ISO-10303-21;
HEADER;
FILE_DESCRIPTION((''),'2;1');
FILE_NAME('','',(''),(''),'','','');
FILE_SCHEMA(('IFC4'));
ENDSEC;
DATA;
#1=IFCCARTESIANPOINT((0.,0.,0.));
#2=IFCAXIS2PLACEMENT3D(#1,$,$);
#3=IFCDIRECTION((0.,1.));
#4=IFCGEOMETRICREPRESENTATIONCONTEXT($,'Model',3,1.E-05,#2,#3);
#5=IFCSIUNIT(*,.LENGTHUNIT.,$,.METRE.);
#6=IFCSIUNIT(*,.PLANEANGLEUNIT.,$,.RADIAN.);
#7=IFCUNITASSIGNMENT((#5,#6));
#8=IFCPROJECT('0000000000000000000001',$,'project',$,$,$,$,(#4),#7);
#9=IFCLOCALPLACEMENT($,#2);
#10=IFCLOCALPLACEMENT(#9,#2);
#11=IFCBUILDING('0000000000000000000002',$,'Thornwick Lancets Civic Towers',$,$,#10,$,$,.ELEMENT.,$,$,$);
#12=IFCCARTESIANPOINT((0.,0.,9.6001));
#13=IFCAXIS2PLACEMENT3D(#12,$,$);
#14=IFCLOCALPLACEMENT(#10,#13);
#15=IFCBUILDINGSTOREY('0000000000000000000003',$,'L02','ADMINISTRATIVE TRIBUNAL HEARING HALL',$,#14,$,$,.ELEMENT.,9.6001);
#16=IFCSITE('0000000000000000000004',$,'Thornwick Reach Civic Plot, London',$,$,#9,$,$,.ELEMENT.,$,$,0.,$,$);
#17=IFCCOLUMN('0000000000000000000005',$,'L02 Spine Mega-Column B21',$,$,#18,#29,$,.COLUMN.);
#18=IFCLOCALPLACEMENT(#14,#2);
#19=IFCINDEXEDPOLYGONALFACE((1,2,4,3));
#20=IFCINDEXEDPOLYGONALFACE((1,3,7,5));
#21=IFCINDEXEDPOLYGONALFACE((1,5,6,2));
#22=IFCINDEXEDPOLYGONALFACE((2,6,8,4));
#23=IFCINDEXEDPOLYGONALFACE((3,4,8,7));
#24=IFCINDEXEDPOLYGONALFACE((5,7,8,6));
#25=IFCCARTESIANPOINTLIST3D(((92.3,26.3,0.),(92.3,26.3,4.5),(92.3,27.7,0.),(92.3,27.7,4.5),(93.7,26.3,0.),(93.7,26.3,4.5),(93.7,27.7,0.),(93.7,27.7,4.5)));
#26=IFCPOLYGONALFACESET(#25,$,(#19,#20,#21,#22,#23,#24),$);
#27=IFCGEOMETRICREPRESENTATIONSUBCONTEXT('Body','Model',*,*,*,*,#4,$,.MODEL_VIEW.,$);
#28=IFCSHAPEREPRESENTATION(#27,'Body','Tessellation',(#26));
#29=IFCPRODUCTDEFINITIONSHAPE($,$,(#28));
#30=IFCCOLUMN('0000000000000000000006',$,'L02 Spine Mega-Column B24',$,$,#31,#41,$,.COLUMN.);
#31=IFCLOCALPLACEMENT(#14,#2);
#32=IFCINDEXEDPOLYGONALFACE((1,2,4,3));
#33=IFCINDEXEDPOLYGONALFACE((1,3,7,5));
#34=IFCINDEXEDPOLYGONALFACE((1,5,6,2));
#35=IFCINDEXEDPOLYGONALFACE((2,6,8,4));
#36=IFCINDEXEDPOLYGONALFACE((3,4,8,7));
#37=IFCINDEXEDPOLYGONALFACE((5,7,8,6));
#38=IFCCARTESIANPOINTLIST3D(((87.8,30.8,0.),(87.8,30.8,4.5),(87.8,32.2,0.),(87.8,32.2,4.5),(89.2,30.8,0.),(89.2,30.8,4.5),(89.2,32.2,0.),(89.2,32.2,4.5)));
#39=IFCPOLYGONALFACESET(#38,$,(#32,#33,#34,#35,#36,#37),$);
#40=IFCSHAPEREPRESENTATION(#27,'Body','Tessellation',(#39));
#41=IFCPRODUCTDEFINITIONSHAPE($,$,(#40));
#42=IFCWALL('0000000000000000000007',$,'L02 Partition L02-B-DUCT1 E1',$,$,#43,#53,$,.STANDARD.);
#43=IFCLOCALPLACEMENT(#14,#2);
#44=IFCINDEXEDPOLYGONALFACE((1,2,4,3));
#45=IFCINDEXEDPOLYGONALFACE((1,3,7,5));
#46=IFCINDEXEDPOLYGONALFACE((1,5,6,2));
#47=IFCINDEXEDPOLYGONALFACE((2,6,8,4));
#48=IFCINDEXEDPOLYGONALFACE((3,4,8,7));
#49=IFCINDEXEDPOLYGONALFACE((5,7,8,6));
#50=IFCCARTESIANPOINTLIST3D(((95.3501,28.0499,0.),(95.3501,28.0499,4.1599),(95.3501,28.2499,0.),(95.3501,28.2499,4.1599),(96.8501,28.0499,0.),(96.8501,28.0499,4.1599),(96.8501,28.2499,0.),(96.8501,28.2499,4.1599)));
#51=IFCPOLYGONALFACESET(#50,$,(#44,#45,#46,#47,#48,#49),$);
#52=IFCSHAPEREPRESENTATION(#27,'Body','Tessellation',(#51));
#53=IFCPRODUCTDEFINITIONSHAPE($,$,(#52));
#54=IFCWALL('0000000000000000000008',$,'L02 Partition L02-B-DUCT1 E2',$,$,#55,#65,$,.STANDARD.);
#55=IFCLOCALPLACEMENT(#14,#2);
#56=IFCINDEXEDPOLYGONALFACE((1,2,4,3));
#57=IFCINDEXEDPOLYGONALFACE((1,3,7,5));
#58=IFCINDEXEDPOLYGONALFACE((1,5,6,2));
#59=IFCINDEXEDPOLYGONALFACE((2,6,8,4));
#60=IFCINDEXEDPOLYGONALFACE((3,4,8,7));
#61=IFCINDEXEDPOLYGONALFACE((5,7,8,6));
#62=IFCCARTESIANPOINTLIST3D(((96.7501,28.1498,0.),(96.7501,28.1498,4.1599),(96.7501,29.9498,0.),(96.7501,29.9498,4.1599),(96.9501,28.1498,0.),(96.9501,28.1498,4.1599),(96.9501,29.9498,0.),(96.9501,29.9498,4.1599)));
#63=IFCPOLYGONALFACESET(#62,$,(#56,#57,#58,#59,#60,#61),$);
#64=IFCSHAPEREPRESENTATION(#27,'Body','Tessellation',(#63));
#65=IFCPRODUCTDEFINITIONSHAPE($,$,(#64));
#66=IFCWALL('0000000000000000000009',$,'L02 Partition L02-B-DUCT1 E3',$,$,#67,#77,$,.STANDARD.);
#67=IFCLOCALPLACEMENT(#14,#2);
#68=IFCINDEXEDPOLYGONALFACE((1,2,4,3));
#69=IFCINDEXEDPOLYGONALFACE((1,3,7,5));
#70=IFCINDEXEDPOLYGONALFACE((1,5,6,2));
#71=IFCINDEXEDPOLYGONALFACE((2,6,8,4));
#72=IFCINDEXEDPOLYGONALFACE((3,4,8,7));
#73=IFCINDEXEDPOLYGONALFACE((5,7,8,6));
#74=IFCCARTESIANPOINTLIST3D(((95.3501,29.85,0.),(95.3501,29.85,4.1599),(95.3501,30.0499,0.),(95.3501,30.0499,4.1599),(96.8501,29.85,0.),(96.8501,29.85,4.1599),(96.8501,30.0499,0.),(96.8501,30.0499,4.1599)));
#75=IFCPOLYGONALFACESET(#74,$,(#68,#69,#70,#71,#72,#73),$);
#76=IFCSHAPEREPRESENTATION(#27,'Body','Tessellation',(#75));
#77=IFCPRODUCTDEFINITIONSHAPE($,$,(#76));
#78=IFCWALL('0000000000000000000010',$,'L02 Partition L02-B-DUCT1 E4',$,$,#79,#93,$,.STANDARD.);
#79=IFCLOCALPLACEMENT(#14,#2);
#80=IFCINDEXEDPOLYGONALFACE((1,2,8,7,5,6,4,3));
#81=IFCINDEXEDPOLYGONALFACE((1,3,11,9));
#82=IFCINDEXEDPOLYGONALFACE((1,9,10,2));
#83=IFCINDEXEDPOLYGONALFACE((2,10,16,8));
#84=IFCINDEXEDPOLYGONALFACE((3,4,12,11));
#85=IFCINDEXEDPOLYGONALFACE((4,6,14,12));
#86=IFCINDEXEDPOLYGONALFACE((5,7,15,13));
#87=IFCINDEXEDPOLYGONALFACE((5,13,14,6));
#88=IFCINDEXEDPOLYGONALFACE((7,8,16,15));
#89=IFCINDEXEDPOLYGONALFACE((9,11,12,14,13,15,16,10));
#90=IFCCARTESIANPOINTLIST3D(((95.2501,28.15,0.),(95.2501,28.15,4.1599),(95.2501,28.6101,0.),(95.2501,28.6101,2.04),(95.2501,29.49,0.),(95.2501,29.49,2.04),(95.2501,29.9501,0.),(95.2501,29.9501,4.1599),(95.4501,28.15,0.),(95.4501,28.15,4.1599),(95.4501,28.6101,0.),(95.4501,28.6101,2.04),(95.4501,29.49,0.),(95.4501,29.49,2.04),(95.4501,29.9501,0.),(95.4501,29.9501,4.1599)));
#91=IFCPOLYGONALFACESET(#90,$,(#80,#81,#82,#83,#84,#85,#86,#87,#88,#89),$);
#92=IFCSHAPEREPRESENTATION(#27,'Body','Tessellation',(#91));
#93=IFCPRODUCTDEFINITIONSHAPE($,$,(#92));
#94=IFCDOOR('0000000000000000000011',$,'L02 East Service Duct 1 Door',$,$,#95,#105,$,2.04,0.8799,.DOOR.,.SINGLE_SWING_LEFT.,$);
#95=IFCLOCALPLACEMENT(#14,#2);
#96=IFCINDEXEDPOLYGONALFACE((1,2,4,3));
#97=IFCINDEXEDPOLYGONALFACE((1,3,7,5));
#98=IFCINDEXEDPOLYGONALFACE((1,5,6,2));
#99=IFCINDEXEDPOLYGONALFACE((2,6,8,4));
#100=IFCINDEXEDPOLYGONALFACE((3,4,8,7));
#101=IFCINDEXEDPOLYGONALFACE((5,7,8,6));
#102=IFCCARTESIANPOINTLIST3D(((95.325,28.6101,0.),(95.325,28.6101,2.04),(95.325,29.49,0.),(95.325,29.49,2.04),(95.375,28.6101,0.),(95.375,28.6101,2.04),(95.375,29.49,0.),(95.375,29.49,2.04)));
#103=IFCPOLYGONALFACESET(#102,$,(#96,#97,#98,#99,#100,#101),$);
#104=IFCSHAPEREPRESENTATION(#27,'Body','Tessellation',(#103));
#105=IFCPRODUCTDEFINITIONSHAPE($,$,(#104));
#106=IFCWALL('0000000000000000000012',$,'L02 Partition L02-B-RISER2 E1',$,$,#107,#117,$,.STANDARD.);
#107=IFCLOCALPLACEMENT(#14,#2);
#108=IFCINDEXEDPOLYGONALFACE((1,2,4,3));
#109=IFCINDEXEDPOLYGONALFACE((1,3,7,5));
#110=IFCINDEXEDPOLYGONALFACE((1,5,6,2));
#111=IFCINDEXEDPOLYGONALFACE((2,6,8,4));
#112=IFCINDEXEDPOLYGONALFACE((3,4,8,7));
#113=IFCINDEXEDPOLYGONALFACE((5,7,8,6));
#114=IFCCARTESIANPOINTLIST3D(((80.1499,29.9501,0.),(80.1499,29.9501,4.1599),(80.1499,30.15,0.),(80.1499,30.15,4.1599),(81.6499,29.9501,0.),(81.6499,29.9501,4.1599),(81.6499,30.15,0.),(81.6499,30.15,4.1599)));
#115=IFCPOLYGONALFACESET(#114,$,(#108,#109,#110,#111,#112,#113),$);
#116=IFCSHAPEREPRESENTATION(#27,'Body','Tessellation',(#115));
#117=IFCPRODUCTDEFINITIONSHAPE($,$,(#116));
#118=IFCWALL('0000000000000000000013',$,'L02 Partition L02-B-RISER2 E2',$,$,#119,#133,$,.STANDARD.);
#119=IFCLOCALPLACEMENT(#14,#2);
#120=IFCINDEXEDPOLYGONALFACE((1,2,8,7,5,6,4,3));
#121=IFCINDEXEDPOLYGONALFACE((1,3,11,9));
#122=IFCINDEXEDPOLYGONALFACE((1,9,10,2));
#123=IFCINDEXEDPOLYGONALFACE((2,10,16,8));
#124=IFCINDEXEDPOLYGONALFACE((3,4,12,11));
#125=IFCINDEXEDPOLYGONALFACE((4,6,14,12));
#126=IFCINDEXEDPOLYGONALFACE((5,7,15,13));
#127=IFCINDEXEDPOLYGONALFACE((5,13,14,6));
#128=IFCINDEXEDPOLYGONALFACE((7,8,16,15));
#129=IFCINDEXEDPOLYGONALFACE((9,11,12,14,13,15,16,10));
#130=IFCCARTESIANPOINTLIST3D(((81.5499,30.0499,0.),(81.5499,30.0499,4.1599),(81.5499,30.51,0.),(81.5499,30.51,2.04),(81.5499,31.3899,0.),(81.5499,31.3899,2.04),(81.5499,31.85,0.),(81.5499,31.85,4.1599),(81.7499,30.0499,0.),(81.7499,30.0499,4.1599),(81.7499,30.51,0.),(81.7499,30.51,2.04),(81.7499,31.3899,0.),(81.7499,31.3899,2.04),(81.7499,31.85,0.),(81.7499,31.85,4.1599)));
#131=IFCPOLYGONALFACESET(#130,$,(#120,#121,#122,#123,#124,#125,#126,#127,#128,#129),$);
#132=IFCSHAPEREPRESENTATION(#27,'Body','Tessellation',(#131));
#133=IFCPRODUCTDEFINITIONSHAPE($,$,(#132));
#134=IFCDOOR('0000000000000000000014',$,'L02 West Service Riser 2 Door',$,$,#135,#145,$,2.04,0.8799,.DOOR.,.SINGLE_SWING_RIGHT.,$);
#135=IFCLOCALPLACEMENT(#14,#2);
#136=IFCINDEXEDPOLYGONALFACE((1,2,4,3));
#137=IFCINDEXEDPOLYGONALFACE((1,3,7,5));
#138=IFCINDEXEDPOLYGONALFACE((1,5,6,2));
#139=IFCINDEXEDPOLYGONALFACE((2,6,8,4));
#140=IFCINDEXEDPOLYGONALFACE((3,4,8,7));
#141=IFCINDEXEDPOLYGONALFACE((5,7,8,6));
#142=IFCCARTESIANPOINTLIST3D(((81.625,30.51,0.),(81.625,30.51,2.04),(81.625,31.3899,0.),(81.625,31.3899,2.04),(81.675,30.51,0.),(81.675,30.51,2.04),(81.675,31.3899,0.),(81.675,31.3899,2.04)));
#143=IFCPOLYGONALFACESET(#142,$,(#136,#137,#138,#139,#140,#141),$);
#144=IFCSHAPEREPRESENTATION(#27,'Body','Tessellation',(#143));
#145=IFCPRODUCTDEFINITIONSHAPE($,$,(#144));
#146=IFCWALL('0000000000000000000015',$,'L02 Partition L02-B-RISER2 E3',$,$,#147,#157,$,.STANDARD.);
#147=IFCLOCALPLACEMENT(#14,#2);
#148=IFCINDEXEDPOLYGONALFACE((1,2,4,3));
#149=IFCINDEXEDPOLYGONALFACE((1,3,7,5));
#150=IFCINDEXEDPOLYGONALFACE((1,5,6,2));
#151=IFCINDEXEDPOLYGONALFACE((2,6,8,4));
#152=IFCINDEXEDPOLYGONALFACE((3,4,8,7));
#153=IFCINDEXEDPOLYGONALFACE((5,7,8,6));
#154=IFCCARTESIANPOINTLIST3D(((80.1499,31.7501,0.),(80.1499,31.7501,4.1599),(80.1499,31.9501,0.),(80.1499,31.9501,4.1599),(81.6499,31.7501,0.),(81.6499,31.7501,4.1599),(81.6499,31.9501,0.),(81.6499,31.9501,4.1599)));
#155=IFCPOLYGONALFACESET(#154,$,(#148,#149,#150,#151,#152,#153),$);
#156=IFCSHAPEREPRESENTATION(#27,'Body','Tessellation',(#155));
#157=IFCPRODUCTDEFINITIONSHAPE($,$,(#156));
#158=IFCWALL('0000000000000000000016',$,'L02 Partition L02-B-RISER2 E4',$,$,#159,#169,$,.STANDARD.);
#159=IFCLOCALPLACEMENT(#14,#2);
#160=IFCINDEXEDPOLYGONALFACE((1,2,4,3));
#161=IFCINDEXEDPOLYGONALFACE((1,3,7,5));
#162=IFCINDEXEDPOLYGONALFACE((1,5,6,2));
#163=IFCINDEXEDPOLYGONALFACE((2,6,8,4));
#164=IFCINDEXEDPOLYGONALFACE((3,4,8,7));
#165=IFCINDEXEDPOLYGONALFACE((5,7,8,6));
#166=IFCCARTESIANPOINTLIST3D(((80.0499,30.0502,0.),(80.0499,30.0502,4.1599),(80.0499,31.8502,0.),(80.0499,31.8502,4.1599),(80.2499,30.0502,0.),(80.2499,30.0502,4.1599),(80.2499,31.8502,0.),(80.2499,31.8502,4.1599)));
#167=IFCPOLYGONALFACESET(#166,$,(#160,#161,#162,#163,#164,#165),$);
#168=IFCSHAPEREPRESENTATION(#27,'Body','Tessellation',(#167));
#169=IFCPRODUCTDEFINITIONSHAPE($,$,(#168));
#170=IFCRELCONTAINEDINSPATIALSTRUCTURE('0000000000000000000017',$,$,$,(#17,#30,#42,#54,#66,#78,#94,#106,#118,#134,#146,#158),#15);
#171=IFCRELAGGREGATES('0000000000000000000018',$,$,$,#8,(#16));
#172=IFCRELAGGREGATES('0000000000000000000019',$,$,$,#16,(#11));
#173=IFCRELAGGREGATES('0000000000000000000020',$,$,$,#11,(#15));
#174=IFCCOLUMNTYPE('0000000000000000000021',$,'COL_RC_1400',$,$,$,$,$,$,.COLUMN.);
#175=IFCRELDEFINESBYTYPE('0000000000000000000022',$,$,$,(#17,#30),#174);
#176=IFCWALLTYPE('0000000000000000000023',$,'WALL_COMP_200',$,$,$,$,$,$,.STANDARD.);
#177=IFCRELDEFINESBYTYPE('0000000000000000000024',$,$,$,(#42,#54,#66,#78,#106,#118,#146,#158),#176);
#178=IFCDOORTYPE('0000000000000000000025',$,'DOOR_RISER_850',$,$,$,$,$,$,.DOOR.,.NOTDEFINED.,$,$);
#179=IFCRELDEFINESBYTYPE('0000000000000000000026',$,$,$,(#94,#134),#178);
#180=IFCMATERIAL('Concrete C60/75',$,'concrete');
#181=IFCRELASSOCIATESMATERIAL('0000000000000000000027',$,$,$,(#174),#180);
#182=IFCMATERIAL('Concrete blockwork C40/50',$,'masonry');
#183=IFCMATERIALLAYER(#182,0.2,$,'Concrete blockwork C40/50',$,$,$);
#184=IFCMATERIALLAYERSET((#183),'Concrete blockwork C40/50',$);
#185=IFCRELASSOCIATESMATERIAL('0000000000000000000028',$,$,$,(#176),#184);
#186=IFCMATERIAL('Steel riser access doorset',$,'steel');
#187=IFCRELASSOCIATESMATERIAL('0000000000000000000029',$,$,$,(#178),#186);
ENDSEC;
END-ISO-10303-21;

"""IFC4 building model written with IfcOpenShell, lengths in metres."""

from ifc_helpers import new_model, si_unit, direction, frame, frame_2d, origin, origin_2d, place, context, subcontext, project, spatial, rectangle, extrude, material, layer, layer_set, material_profile, profile_set, type_object, element, fill, save


model = new_model("IFC4")

# Units and contexts
model_context = context("Model", 3, precision=1e-05, world=origin(), true_north=direction((0.0, 1.0)))
body_context = subcontext(model_context, "Body", "Model", "MODEL_VIEW")
ifc_project = project(units=[si_unit("LENGTHUNIT", "METRE"), si_unit("PLANEANGLEUNIT", "RADIAN")], contexts=[model_context])

# Site, building, storey
site_placement = place(None, origin())
site = spatial("IfcSite", under=ifc_project, at=site_placement, Name="Thornwick Reach Civic Plot, London", CompositionType="ELEMENT", RefElevation=0.0)
building_placement = place(site_placement, origin())
building = spatial("IfcBuilding", under=site, at=building_placement, Name="Thornwick Lancets Civic Towers", CompositionType="ELEMENT")
storey_placement = place(building_placement, frame((0.0, 0.0, 9.6001)))
storey = spatial("IfcBuildingStorey", under=building, at=storey_placement, Name="L02", Description="ADMINISTRATIVE TRIBUNAL HEARING HALL", CompositionType="ELEMENT", Elevation=9.6001)

# Columns
ifc_material_1 = material(Name="Concrete C60/75", Category="concrete")
ifc_material_profile = material_profile(ifc_material_1, rectangle(XDim=1.3999, YDim=1.3999, at=origin_2d()), Name="RC 1400x1400")
ifc_profile_set = profile_set([ifc_material_profile], Name="Concrete C60/75")
column_type = type_object("IfcColumnType", Name="COL_RC_1400", PredefinedType="COLUMN", material=ifc_profile_set)
for number, where, z_axis, x_axis, name in (
    (1, (93.0, 27.0, 0.0), (0.0, 0.0, 1.0), (1.0, 0.0, 0.0), "L02 Spine Mega-Column B21"),
    (2, (88.5, 31.5, 0.0), (0.0, 0.0, 1.0), (1.0, 0.0, 0.0), "L02 Spine Mega-Column B24"),
):
    element("IfcColumn", number, at=place(storey_placement, frame(where, z_axis=z_axis, x_axis=x_axis)), inside=storey, type_object=column_type, Name=name, PredefinedType="COLUMN", context=body_context, shape_type="SweptSolid", body=[
        extrude(rectangle(XDim=1.3999, YDim=1.3999, at=origin_2d()), origin(), (0.0, 0.0, 1.0), 4.5),
    ])

# Walls
ifc_material_2 = material(Name="Concrete blockwork C40/50", Category="masonry")
ifc_layer_1 = layer(ifc_material_2, 0.2, Name="Concrete blockwork C40/50")
ifc_layer_set_1 = layer_set([ifc_layer_1], Name="Concrete blockwork C40/50")
wall_type_1 = type_object("IfcWallType", Name="WALL_COMP_200", PredefinedType="STANDARD", material=ifc_layer_set_1)
wall_1_placement = place(storey_placement, frame((95.3501, 28.1499, 0.0), z_axis=(0.0, 0.0, 1.0), x_axis=(1.0, 0.0, 0.0)))
element("IfcWall", 3, at=wall_1_placement, inside=storey, type_object=wall_type_1, Name="L02 Partition L02-B-DUCT1 E1", PredefinedType="STANDARD", context=body_context, shape_type="SweptSolid", body=[
    extrude(rectangle(XDim=1.5, YDim=0.2, at=frame_2d((0.75, 0.0))), origin(), (0.0, 0.0, 1.0), 4.1599),
])
wall_2_placement = place(storey_placement, frame((96.8501, 28.1499, 0.0), z_axis=(0.0, 0.0, 1.0), x_axis=(0.0, 1.0, 0.0)))
element("IfcWall", 4, at=wall_2_placement, inside=storey, type_object=wall_type_1, Name="L02 Partition L02-B-DUCT1 E2", PredefinedType="STANDARD", context=body_context, shape_type="SweptSolid", body=[
    extrude(rectangle(XDim=1.8, YDim=0.2, at=frame_2d((0.8999, 0.0))), origin(), (0.0, 0.0, 1.0), 4.1599),
])
wall_3_placement = place(storey_placement, frame((96.8501, 29.95, 0.0), z_axis=(0.0, 0.0, 1.0), x_axis=(-1.0, 0.0, 0.0)))
element("IfcWall", 5, at=wall_3_placement, inside=storey, type_object=wall_type_1, Name="L02 Partition L02-B-DUCT1 E3", PredefinedType="STANDARD", context=body_context, shape_type="SweptSolid", body=[
    extrude(rectangle(XDim=1.5, YDim=0.2, at=frame_2d((0.75, 0.0))), origin(), (0.0, 0.0, 1.0), 4.1599),
])

# Wall, opening, door
wall_4_placement = place(storey_placement, frame((95.3501, 29.95, 0.0), z_axis=(0.0, 0.0, 1.0), x_axis=(0.0, -1.0, 0.0)))
wall_4 = element("IfcWall", 6, at=wall_4_placement, inside=storey, type_object=wall_type_1, Name="L02 Partition L02-B-DUCT1 E4", PredefinedType="STANDARD", context=body_context, shape_type="SweptSolid", body=[
    extrude(rectangle(XDim=1.8, YDim=0.2, at=frame_2d((0.8999, 0.0))), origin(), (0.0, 0.0, 1.0), 4.1599),
])
opening_1_placement = place(wall_4_placement, frame((0.46, 0.0, 0.0)))
opening_1 = element("IfcOpeningElement", 7, at=opening_1_placement, cuts=wall_4, PredefinedType="OPENING", context=body_context, shape_type="SweptSolid", body=[
    extrude(rectangle(XDim=0.8799, YDim=2.04, at=frame_2d((0.4399, 1.02))), frame((0.0, 0.1099, 0.0), z_axis=(0.0, -1.0, 0.0), x_axis=(1.0, 0.0, 0.0)), (0.0, 0.0, 1.0), 0.22),
])
ifc_material_3 = material(Name="Steel riser access doorset", Category="steel")
door_type_1 = type_object("IfcDoorType", Name="DOOR_RISER_850", OperationType="NOTDEFINED", PredefinedType="DOOR", material=ifc_material_3)
door_1_placement = place(opening_1_placement, origin())
door_1 = element("IfcDoor", 8, at=door_1_placement, inside=storey, type_object=door_type_1, Name="L02 East Service Duct 1 Door", OperationType="SINGLE_SWING_LEFT", OverallHeight=2.04, OverallWidth=0.8799, PredefinedType="DOOR", context=body_context, shape_type="SweptSolid", body=[
    extrude(rectangle(XDim=0.8799, YDim=2.04, at=frame_2d((0.4399, 1.02))), frame((0.0, 0.0249, 0.0), z_axis=(0.0, -1.0, 0.0), x_axis=(1.0, 0.0, 0.0)), (0.0, 0.0, 1.0), 0.05),
])
fill(opening_1, door_1)

# Wall
wall_5_placement = place(storey_placement, frame((80.1499, 30.05, 0.0), z_axis=(0.0, 0.0, 1.0), x_axis=(1.0, 0.0, 0.0)))
element("IfcWall", 9, at=wall_5_placement, inside=storey, type_object=wall_type_1, Name="L02 Partition L02-B-RISER2 E1", PredefinedType="STANDARD", context=body_context, shape_type="SweptSolid", body=[
    extrude(rectangle(XDim=1.5, YDim=0.2, at=frame_2d((0.75, 0.0))), origin(), (0.0, 0.0, 1.0), 4.1599),
])

# Wall, opening, door
wall_6_placement = place(storey_placement, frame((81.6499, 30.05, 0.0), z_axis=(0.0, 0.0, 1.0), x_axis=(0.0, 1.0, 0.0)))
wall_6 = element("IfcWall", 10, at=wall_6_placement, inside=storey, type_object=wall_type_1, Name="L02 Partition L02-B-RISER2 E2", PredefinedType="STANDARD", context=body_context, shape_type="SweptSolid", body=[
    extrude(rectangle(XDim=1.8, YDim=0.2, at=frame_2d((0.8999, 0.0))), origin(), (0.0, 0.0, 1.0), 4.1599),
])
opening_2_placement = place(wall_6_placement, frame((0.46, 0.0, 0.0)))
opening_2 = element("IfcOpeningElement", 11, at=opening_2_placement, cuts=wall_6, PredefinedType="OPENING", context=body_context, shape_type="SweptSolid", body=[
    extrude(rectangle(XDim=0.8799, YDim=2.04, at=frame_2d((0.4399, 1.02))), frame((0.0, 0.1099, 0.0), z_axis=(0.0, -1.0, 0.0), x_axis=(1.0, 0.0, 0.0)), (0.0, 0.0, 1.0), 0.22),
])
door_2_placement = place(opening_2_placement, origin())
door_2 = element("IfcDoor", 12, at=door_2_placement, inside=storey, type_object=door_type_1, Name="L02 West Service Riser 2 Door", OperationType="SINGLE_SWING_RIGHT", OverallHeight=2.04, OverallWidth=0.8799, PredefinedType="DOOR", context=body_context, shape_type="SweptSolid", body=[
    extrude(rectangle(XDim=0.8799, YDim=2.04, at=frame_2d((0.4399, 1.02))), frame((0.0, 0.0249, 0.0), z_axis=(0.0, -1.0, 0.0), x_axis=(1.0, 0.0, 0.0)), (0.0, 0.0, 1.0), 0.05),
])
fill(opening_2, door_2)

# Walls
wall_7_placement = place(storey_placement, frame((81.6499, 31.8501, 0.0), z_axis=(0.0, 0.0, 1.0), x_axis=(-1.0, 0.0, 0.0)))
element("IfcWall", 13, at=wall_7_placement, inside=storey, type_object=wall_type_1, Name="L02 Partition L02-B-RISER2 E3", PredefinedType="STANDARD", context=body_context, shape_type="SweptSolid", body=[
    extrude(rectangle(XDim=1.5, YDim=0.2, at=frame_2d((0.75, 0.0))), origin(), (0.0, 0.0, 1.0), 4.1599),
])
wall_8_placement = place(storey_placement, frame((80.1499, 31.8501, 0.0), z_axis=(0.0, 0.0, 1.0), x_axis=(0.0, -1.0, 0.0)))
element("IfcWall", 14, at=wall_8_placement, inside=storey, type_object=wall_type_1, Name="L02 Partition L02-B-RISER2 E4", PredefinedType="STANDARD", context=body_context, shape_type="SweptSolid", body=[
    extrude(rectangle(XDim=1.8, YDim=0.2, at=frame_2d((0.8999, 0.0))), origin(), (0.0, 0.0, 1.0), 4.1599),
])

save(model, "model.ifc")
